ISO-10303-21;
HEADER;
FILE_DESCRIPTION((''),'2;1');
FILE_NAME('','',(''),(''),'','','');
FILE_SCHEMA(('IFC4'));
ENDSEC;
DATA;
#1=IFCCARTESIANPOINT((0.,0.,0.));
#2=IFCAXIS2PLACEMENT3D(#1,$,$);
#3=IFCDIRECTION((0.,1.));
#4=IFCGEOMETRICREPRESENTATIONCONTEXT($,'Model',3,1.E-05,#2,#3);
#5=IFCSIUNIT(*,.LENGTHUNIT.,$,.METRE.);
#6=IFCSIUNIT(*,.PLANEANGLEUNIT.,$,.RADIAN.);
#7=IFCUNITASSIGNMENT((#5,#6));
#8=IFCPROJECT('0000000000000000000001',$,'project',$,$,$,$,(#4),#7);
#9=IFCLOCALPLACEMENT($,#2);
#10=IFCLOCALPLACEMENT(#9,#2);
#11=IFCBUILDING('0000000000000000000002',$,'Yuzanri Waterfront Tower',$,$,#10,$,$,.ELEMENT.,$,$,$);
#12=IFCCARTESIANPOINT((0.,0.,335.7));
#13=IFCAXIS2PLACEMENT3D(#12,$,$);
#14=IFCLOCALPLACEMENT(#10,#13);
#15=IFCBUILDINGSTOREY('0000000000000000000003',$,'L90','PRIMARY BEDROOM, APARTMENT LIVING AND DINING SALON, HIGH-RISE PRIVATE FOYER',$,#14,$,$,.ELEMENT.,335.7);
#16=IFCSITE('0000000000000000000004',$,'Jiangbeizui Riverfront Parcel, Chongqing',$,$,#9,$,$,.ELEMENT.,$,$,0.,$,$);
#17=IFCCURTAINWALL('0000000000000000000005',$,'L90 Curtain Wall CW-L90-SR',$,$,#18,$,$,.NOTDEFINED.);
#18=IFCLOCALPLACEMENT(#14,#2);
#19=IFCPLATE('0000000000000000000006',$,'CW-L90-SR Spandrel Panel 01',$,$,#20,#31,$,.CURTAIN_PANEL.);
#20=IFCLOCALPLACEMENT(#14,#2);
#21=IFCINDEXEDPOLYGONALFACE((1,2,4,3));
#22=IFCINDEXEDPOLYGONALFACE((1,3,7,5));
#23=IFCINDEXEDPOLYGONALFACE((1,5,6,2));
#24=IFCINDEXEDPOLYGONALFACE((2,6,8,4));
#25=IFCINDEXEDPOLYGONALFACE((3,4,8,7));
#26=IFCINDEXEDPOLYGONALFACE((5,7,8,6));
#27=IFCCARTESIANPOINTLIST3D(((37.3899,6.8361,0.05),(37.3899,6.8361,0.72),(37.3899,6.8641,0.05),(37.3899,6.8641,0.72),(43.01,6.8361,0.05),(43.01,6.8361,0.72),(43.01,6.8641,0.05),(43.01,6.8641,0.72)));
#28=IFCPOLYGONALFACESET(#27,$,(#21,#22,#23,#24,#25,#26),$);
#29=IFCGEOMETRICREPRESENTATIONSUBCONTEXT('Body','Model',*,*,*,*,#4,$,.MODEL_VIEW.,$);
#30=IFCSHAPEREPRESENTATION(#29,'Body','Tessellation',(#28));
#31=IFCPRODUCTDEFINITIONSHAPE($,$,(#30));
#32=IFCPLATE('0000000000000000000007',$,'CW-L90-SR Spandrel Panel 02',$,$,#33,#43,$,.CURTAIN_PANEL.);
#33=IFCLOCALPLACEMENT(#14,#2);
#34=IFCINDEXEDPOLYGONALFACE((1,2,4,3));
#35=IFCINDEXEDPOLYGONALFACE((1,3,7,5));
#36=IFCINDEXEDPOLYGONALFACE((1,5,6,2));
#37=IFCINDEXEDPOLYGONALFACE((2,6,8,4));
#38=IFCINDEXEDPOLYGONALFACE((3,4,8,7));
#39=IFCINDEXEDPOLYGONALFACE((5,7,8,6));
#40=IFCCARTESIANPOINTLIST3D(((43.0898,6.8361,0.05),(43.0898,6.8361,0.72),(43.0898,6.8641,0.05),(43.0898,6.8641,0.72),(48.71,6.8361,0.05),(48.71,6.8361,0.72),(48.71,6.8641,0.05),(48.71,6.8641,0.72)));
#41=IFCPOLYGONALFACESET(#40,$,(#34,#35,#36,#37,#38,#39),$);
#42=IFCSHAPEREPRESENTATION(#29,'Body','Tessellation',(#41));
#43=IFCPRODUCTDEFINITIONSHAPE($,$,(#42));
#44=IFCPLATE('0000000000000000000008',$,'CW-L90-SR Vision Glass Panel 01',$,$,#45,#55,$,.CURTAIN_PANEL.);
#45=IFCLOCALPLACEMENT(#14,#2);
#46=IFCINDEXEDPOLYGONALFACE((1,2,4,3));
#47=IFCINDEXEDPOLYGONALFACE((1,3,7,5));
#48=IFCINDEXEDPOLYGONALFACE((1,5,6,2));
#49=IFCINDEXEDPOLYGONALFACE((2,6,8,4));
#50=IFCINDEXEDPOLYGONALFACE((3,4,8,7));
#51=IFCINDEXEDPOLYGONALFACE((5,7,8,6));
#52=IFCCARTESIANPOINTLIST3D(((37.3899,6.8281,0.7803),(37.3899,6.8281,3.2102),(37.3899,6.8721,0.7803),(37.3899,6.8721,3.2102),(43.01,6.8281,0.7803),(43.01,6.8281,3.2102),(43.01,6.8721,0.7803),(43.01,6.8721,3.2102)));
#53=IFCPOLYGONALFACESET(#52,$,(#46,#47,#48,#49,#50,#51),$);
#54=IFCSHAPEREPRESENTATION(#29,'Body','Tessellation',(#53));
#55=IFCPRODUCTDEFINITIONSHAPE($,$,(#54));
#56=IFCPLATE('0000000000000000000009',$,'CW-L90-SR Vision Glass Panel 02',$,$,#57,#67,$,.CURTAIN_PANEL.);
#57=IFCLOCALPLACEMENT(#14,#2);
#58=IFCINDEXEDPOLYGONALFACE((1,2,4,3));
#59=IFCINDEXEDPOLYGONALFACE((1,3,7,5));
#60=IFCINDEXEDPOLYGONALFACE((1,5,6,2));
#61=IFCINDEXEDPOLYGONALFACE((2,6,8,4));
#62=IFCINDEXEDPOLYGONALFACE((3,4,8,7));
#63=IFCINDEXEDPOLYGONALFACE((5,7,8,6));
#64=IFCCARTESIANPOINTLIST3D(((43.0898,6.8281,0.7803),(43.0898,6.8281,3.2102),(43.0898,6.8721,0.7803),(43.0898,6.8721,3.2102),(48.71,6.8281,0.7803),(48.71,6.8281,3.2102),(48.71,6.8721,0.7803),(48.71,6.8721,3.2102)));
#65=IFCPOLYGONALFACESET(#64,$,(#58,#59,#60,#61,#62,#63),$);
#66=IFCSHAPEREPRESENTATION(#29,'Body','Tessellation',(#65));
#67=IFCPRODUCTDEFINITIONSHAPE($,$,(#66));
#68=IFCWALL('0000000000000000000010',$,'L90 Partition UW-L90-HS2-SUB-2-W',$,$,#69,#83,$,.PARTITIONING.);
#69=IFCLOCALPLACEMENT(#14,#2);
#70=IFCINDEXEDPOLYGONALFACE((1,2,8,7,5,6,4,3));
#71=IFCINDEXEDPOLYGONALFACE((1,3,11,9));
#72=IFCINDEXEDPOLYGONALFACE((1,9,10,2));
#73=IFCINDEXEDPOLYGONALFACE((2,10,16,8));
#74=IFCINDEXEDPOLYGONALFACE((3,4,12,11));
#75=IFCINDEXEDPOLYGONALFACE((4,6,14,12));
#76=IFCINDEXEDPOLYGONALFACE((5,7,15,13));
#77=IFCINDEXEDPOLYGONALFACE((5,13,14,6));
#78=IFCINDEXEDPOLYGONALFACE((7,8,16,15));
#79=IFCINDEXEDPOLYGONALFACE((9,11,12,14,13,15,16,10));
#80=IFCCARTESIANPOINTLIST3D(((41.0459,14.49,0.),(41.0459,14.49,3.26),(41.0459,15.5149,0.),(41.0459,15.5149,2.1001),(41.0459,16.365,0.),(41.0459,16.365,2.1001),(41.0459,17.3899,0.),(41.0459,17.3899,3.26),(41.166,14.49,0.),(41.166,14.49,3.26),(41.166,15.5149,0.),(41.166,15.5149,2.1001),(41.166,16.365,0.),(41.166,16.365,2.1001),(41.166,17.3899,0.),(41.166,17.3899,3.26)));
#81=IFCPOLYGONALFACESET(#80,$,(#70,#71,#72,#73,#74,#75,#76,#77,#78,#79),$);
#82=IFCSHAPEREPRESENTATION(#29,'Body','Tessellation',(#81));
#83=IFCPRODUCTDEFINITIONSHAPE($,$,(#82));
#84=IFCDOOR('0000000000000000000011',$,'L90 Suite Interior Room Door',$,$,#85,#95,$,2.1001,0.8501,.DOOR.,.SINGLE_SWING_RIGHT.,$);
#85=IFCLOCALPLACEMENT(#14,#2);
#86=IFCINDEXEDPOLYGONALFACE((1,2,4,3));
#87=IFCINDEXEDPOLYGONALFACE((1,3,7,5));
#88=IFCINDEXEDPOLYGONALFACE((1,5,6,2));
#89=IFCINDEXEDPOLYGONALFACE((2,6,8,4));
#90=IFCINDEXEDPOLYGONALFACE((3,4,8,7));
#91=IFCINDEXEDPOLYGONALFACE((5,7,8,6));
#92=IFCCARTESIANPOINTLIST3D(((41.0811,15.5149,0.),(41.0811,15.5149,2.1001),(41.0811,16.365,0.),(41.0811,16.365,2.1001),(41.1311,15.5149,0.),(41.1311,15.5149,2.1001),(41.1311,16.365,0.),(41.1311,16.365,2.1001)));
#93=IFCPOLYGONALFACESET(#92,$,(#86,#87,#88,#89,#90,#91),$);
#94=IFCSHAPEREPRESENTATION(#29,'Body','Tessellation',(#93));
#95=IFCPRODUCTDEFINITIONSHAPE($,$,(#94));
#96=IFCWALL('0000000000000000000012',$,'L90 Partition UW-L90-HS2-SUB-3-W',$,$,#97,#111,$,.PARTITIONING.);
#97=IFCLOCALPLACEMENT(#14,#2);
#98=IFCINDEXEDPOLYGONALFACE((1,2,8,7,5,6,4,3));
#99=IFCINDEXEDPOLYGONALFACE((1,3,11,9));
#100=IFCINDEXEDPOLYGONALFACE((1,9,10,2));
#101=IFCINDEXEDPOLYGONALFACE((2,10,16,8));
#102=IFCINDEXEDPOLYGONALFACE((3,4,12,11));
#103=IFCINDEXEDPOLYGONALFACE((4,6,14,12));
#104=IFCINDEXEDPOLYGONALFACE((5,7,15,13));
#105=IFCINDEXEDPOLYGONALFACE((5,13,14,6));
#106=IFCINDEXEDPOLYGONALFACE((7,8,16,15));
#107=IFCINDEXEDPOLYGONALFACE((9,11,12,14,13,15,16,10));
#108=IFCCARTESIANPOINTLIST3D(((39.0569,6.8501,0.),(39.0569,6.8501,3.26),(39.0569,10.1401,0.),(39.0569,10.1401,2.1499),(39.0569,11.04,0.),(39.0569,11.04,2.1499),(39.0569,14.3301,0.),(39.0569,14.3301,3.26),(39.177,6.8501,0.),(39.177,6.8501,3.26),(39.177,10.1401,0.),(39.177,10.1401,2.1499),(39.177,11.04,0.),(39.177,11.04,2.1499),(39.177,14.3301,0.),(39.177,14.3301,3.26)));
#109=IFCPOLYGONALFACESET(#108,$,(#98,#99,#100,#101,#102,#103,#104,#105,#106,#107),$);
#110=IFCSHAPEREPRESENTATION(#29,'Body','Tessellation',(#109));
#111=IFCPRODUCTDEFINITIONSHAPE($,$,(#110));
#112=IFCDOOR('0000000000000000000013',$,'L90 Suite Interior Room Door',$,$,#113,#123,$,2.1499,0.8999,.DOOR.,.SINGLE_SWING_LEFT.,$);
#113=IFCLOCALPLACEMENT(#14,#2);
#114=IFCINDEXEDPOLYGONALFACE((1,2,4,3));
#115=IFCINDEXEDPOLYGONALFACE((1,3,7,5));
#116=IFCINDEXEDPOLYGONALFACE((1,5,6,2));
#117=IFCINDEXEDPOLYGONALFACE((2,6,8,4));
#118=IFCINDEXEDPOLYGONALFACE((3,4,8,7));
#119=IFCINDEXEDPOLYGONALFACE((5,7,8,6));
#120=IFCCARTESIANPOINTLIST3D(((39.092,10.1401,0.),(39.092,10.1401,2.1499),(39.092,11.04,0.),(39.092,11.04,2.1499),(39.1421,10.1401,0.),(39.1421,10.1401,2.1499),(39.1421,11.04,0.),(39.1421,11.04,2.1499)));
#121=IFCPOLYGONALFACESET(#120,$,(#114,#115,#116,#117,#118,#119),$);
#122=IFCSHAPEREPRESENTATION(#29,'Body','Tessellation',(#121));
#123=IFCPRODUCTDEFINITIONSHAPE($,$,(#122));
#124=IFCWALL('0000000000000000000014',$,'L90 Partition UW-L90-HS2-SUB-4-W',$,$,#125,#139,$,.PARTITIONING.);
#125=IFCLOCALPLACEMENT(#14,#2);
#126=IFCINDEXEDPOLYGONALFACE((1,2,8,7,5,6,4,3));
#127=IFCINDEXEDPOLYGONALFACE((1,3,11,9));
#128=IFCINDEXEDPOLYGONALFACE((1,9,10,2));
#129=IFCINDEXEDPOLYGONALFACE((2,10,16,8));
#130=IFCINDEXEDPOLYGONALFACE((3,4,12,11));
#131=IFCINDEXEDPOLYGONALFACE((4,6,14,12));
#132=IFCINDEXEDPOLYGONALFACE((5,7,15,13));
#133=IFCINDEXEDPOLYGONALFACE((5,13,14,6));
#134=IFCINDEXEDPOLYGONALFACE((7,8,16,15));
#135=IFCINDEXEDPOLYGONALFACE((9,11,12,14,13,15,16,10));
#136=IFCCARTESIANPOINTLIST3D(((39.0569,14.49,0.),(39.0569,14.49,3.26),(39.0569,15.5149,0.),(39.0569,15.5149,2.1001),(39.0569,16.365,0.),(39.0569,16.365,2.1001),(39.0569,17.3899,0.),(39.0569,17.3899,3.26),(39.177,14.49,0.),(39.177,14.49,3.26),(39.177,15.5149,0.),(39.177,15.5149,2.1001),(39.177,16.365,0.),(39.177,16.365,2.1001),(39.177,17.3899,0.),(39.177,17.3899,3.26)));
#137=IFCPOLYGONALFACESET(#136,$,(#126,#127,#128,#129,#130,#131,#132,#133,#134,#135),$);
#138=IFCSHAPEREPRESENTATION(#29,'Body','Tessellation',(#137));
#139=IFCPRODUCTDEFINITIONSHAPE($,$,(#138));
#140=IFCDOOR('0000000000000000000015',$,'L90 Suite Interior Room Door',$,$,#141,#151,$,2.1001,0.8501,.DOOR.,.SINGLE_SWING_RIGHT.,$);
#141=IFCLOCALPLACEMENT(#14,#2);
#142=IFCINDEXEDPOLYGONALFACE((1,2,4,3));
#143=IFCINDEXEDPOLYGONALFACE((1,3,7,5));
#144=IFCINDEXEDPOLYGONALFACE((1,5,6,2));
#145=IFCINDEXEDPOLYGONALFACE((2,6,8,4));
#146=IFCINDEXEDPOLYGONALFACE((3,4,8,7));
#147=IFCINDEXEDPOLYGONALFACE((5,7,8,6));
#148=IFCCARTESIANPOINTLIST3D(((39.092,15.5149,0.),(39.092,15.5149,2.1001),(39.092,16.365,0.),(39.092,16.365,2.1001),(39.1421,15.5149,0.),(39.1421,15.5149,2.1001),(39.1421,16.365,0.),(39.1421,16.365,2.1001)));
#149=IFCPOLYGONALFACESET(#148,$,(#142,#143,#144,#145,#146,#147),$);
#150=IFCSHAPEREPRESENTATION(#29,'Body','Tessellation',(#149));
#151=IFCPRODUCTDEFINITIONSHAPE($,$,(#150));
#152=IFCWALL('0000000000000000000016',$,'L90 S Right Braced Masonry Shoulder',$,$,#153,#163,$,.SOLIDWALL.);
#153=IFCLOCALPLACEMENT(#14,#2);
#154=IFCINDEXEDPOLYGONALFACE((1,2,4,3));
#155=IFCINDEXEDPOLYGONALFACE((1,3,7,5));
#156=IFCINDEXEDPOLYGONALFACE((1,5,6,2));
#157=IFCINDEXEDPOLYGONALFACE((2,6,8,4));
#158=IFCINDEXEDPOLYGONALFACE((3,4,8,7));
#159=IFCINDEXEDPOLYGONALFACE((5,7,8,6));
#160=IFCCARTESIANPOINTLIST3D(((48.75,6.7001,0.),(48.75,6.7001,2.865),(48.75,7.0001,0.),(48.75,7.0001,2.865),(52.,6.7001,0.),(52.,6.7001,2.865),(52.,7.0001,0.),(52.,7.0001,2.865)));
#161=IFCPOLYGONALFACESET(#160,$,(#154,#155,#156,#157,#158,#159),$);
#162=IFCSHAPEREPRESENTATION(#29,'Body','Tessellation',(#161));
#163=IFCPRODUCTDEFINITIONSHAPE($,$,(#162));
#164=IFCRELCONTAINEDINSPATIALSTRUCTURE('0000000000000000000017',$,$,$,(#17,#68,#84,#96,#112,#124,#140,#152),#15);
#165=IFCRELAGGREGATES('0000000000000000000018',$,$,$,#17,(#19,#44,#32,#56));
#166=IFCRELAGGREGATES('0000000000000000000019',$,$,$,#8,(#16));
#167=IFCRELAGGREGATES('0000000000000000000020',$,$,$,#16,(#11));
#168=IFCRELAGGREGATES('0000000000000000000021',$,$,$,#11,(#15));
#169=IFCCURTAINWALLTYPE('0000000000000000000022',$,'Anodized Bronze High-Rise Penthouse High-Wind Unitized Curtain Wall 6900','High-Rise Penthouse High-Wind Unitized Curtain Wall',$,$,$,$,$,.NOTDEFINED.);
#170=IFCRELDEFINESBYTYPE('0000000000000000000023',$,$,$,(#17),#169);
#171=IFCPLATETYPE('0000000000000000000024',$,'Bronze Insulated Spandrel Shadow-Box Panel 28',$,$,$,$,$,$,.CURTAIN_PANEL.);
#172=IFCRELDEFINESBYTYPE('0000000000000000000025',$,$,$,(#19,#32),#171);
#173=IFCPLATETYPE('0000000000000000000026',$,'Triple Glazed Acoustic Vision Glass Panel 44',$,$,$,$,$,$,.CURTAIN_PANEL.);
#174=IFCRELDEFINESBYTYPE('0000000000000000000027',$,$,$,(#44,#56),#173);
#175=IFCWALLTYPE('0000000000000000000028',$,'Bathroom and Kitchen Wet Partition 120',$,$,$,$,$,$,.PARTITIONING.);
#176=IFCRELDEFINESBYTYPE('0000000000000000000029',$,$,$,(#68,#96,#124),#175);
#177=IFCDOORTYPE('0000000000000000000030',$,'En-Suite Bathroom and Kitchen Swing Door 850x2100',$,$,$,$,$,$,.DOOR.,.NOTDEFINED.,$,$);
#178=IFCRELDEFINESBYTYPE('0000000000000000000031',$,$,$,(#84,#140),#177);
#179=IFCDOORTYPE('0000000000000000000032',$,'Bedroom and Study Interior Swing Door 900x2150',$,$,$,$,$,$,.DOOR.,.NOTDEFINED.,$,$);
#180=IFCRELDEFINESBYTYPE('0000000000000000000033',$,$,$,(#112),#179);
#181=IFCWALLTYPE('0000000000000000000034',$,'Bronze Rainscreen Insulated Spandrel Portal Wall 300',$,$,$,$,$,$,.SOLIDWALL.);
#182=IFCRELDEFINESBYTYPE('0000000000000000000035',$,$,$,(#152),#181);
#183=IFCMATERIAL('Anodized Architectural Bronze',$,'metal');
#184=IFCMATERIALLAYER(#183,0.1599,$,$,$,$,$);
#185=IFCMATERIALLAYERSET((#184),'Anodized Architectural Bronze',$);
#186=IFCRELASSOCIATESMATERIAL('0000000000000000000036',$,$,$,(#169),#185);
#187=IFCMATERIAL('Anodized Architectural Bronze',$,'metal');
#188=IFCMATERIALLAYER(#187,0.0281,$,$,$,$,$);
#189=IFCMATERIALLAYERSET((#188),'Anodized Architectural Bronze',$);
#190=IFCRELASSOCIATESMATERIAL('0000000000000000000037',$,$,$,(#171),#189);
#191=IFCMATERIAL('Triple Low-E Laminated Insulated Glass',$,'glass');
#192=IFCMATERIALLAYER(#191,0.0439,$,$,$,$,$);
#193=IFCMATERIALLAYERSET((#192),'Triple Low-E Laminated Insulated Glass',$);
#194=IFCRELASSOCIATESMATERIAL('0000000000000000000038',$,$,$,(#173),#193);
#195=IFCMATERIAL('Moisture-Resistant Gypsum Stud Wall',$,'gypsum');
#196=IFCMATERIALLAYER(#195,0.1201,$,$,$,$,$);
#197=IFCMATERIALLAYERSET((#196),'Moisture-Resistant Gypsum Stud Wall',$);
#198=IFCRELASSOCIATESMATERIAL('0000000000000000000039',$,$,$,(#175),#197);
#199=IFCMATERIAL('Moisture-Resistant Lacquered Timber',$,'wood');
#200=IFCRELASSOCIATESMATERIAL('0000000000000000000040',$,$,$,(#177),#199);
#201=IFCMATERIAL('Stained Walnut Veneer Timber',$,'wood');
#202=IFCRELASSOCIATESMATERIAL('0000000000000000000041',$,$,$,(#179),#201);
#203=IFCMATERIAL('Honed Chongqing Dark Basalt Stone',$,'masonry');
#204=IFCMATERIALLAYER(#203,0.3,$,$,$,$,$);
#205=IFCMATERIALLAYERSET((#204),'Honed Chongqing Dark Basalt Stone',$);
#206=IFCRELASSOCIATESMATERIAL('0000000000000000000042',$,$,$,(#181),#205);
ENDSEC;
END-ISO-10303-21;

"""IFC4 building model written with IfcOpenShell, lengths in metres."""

from ifc_helpers import new_model, si_unit, direction, frame, frame_2d, origin, origin_2d, place, context, subcontext, project, spatial, rectangle, extrude, source, transform, mapped, material, layer, layer_set, type_object, element, fill, aggregate, save


model = new_model("IFC4")

# Units and contexts
model_context = context("Model", 3, precision=1e-05, world=origin(), true_north=direction((0.0, 1.0)))
body_context = subcontext(model_context, "Body", "Model", "MODEL_VIEW")
ifc_project = project(units=[si_unit("LENGTHUNIT", "METRE"), si_unit("PLANEANGLEUNIT", "RADIAN")], contexts=[model_context])

# Site, building, storey
site_placement = place(None, origin())
site = spatial("IfcSite", under=ifc_project, at=site_placement, Name="Jiangbeizui Riverfront Parcel, Chongqing", CompositionType="ELEMENT", RefElevation=0.0)
building_placement = place(site_placement, origin())
building = spatial("IfcBuilding", under=site, at=building_placement, Name="Yuzanri Waterfront Tower", CompositionType="ELEMENT")
storey_placement = place(building_placement, frame((0.0, 0.0, 335.7)))
storey = spatial("IfcBuildingStorey", under=building, at=storey_placement, Name="L90", Description="PRIMARY BEDROOM, APARTMENT LIVING AND DINING SALON, HIGH-RISE PRIVATE FOYER", CompositionType="ELEMENT", Elevation=335.7)

# Curtain wall, plates
ifc_material_1 = material(Name="Anodized Architectural Bronze", Category="metal")
ifc_layer_1 = layer(ifc_material_1, 0.1599)
ifc_layer_set_1 = layer_set([ifc_layer_1], Name="Anodized Architectural Bronze")
curtain_wall_type = type_object("IfcCurtainWallType", Name="Anodized Bronze High-Rise Penthouse High-Wind Unitized Curtain Wall 6900", Description="High-Rise Penthouse High-Wind Unitized Curtain Wall", PredefinedType="NOTDEFINED", material=ifc_layer_set_1)
curtain_wall_placement = place(storey_placement, origin())
curtain_wall = element("IfcCurtainWall", 1, at=curtain_wall_placement, inside=storey, type_object=curtain_wall_type, Name="L90 Curtain Wall CW-L90-SR", PredefinedType="NOTDEFINED")
ifc_material_2 = material(Name="Anodized Architectural Bronze", Category="metal")
ifc_layer_2 = layer(ifc_material_2, 0.0281)
ifc_layer_set_2 = layer_set([ifc_layer_2], Name="Anodized Architectural Bronze")
plate_type_1 = type_object("IfcPlateType", Name="Bronze Insulated Spandrel Shadow-Box Panel 28", PredefinedType="CURTAIN_PANEL", material=ifc_layer_set_2)
shared_shape_1 = source(origin(), body_context, "Body", "SweptSolid", [
    extrude(rectangle(XDim=5.6201, YDim=0.0281, at=origin_2d()), origin(), (0.0, 0.0, 1.0), 0.6699),
])
plate_1_placement = place(storey_placement, frame((40.2, 6.8501, 0.05), z_axis=(0.0, 0.0, 1.0), x_axis=(1.0, 0.0, 0.0)))
plate_1 = element("IfcPlate", 2, at=plate_1_placement, type_object=plate_type_1, Name="CW-L90-SR Spandrel Panel 01", PredefinedType="CURTAIN_PANEL", context=body_context, shape_type="MappedRepresentation", body=[
    mapped(shared_shape_1, transform((0.0, 0.0, 0.0), scale=1.0)),
])
plate_2_placement = place(storey_placement, frame((45.8999, 6.8501, 0.05), z_axis=(0.0, 0.0, 1.0), x_axis=(1.0, 0.0, 0.0)))
plate_2 = element("IfcPlate", 3, at=plate_2_placement, type_object=plate_type_1, Name="CW-L90-SR Spandrel Panel 02", PredefinedType="CURTAIN_PANEL", context=body_context, shape_type="MappedRepresentation", body=[
    mapped(shared_shape_1, transform((0.0, 0.0, 0.0), scale=1.0)),
])
ifc_material_3 = material(Name="Triple Low-E Laminated Insulated Glass", Category="glass")
ifc_layer_3 = layer(ifc_material_3, 0.0439)
ifc_layer_set_3 = layer_set([ifc_layer_3], Name="Triple Low-E Laminated Insulated Glass")
plate_type_2 = type_object("IfcPlateType", Name="Triple Glazed Acoustic Vision Glass Panel 44", PredefinedType="CURTAIN_PANEL", material=ifc_layer_set_3)
shared_shape_2 = source(origin(), body_context, "Body", "SweptSolid", [
    extrude(rectangle(XDim=5.6201, YDim=0.0439, at=origin_2d()), origin(), (0.0, 0.0, 1.0), 2.4299),
])
plate_3_placement = place(storey_placement, frame((40.2, 6.8501, 0.7803), z_axis=(0.0, 0.0, 1.0), x_axis=(1.0, 0.0, 0.0)))
plate_3 = element("IfcPlate", 4, at=plate_3_placement, type_object=plate_type_2, Name="CW-L90-SR Vision Glass Panel 01", PredefinedType="CURTAIN_PANEL", context=body_context, shape_type="MappedRepresentation", body=[
    mapped(shared_shape_2, transform((0.0, 0.0, 0.0), scale=1.0)),
])
plate_4_placement = place(storey_placement, frame((45.8999, 6.8501, 0.7803), z_axis=(0.0, 0.0, 1.0), x_axis=(1.0, 0.0, 0.0)))
plate_4 = element("IfcPlate", 5, at=plate_4_placement, type_object=plate_type_2, Name="CW-L90-SR Vision Glass Panel 02", PredefinedType="CURTAIN_PANEL", context=body_context, shape_type="MappedRepresentation", body=[
    mapped(shared_shape_2, transform((0.0, 0.0, 0.0), scale=1.0)),
])
aggregate(curtain_wall, [plate_1, plate_3, plate_2, plate_4])

# Walls, openings, doors
ifc_material_4 = material(Name="Moisture-Resistant Gypsum Stud Wall", Category="gypsum")
ifc_layer_4 = layer(ifc_material_4, 0.1201)
ifc_layer_set_4 = layer_set([ifc_layer_4], Name="Moisture-Resistant Gypsum Stud Wall")
wall_type_1 = type_object("IfcWallType", Name="Bathroom and Kitchen Wet Partition 120", PredefinedType="PARTITIONING", material=ifc_layer_set_4)
wall_1_placement = place(storey_placement, frame((41.106, 14.49, 0.0), z_axis=(0.0, 0.0, 1.0), x_axis=(0.0, 1.0, 0.0)))
wall_1 = element("IfcWall", 6, at=wall_1_placement, inside=storey, type_object=wall_type_1, Name="L90 Partition UW-L90-HS2-SUB-2-W", PredefinedType="PARTITIONING", context=body_context, shape_type="SweptSolid", body=[
    extrude(rectangle(XDim=2.8999, YDim=0.1201, at=frame_2d((1.45, 0.0))), origin(), (0.0, 0.0, 1.0), 3.26),
])
opening_1_placement = place(wall_1_placement, frame((1.0249, 0.0, 0.0)))
opening_1 = element("IfcOpeningElement", 7, at=opening_1_placement, cuts=wall_1, PredefinedType="OPENING", context=body_context, shape_type="SweptSolid", body=[
    extrude(rectangle(XDim=0.8501, YDim=2.1001, at=frame_2d((0.425, 1.05))), frame((0.0, 0.075, 0.0), z_axis=(0.0, -1.0, 0.0), x_axis=(1.0, 0.0, 0.0)), (0.0, 0.0, 1.0), 0.1499),
])
ifc_material_5 = material(Name="Moisture-Resistant Lacquered Timber", Category="wood")
door_type_1 = type_object("IfcDoorType", Name="En-Suite Bathroom and Kitchen Swing Door 850x2100", OperationType="NOTDEFINED", PredefinedType="DOOR", material=ifc_material_5)
shared_shape_3 = source(origin(), body_context, "Body", "SweptSolid", [
    extrude(rectangle(XDim=0.8501, YDim=2.1001, at=frame_2d((0.425, 1.05))), frame((0.0, 0.0249, 0.0), z_axis=(0.0, -1.0, 0.0), x_axis=(1.0, 0.0, 0.0)), (0.0, 0.0, 1.0), 0.05),
])
door_1_placement = place(opening_1_placement, origin())
door_1 = element("IfcDoor", 8, at=door_1_placement, inside=storey, type_object=door_type_1, Name="L90 Suite Interior Room Door", OperationType="SINGLE_SWING_RIGHT", OverallHeight=2.1001, OverallWidth=0.8501, PredefinedType="DOOR", context=body_context, shape_type="MappedRepresentation", body=[
    mapped(shared_shape_3, transform((0.0, 0.0, 0.0), scale=1.0)),
])
fill(opening_1, door_1)
wall_2_placement = place(storey_placement, frame((39.1169, 6.8501, 0.0), z_axis=(0.0, 0.0, 1.0), x_axis=(0.0, 1.0, 0.0)))
wall_2 = element("IfcWall", 9, at=wall_2_placement, inside=storey, type_object=wall_type_1, Name="L90 Partition UW-L90-HS2-SUB-3-W", PredefinedType="PARTITIONING", context=body_context, shape_type="SweptSolid", body=[
    extrude(rectangle(XDim=7.48, YDim=0.1201, at=frame_2d((3.74, 0.0))), origin(), (0.0, 0.0, 1.0), 3.26),
])
opening_2_placement = place(wall_2_placement, frame((3.29, 0.0, 0.0)))
opening_2 = element("IfcOpeningElement", 10, at=opening_2_placement, cuts=wall_2, PredefinedType="OPENING", context=body_context, shape_type="SweptSolid", body=[
    extrude(rectangle(XDim=0.8999, YDim=2.1499, at=frame_2d((0.45, 1.075))), frame((0.0, 0.075, 0.0), z_axis=(0.0, -1.0, 0.0), x_axis=(1.0, 0.0, 0.0)), (0.0, 0.0, 1.0), 0.1499),
])
ifc_material_6 = material(Name="Stained Walnut Veneer Timber", Category="wood")
door_type_2 = type_object("IfcDoorType", Name="Bedroom and Study Interior Swing Door 900x2150", OperationType="NOTDEFINED", PredefinedType="DOOR", material=ifc_material_6)
shared_shape_4 = source(origin(), body_context, "Body", "SweptSolid", [
    extrude(rectangle(XDim=0.8999, YDim=2.1499, at=frame_2d((0.45, 1.075))), frame((0.0, 0.0249, 0.0), z_axis=(0.0, -1.0, 0.0), x_axis=(1.0, 0.0, 0.0)), (0.0, 0.0, 1.0), 0.05),
])
door_2_placement = place(opening_2_placement, origin())
door_2 = element("IfcDoor", 11, at=door_2_placement, inside=storey, type_object=door_type_2, Name="L90 Suite Interior Room Door", OperationType="SINGLE_SWING_LEFT", OverallHeight=2.1499, OverallWidth=0.8999, PredefinedType="DOOR", context=body_context, shape_type="MappedRepresentation", body=[
    mapped(shared_shape_4, transform((0.0, 0.0, 0.0), scale=1.0)),
])
fill(opening_2, door_2)
wall_3_placement = place(storey_placement, frame((39.1169, 14.49, 0.0), z_axis=(0.0, 0.0, 1.0), x_axis=(0.0, 1.0, 0.0)))
wall_3 = element("IfcWall", 12, at=wall_3_placement, inside=storey, type_object=wall_type_1, Name="L90 Partition UW-L90-HS2-SUB-4-W", PredefinedType="PARTITIONING", context=body_context, shape_type="SweptSolid", body=[
    extrude(rectangle(XDim=2.8999, YDim=0.1201, at=frame_2d((1.45, 0.0))), origin(), (0.0, 0.0, 1.0), 3.26),
])
opening_3_placement = place(wall_3_placement, frame((1.0249, 0.0, 0.0)))
opening_3 = element("IfcOpeningElement", 13, at=opening_3_placement, cuts=wall_3, PredefinedType="OPENING", context=body_context, shape_type="SweptSolid", body=[
    extrude(rectangle(XDim=0.8501, YDim=2.1001, at=frame_2d((0.425, 1.05))), frame((0.0, 0.075, 0.0), z_axis=(0.0, -1.0, 0.0), x_axis=(1.0, 0.0, 0.0)), (0.0, 0.0, 1.0), 0.1499),
])
door_3_placement = place(opening_3_placement, origin())
door_3 = element("IfcDoor", 14, at=door_3_placement, inside=storey, type_object=door_type_1, Name="L90 Suite Interior Room Door", OperationType="SINGLE_SWING_RIGHT", OverallHeight=2.1001, OverallWidth=0.8501, PredefinedType="DOOR", context=body_context, shape_type="MappedRepresentation", body=[
    mapped(shared_shape_3, transform((0.0, 0.0, 0.0), scale=1.0)),
])
fill(opening_3, door_3)

# Wall
ifc_material_7 = material(Name="Honed Chongqing Dark Basalt Stone", Category="masonry")
ifc_layer_5 = layer(ifc_material_7, 0.3)
ifc_layer_set_5 = layer_set([ifc_layer_5], Name="Honed Chongqing Dark Basalt Stone")
wall_type_2 = type_object("IfcWallType", Name="Bronze Rainscreen Insulated Spandrel Portal Wall 300", PredefinedType="SOLIDWALL", material=ifc_layer_set_5)
shared_shape_5 = source(origin(), body_context, "Body", "SweptSolid", [
    extrude(rectangle(XDim=3.25, YDim=0.3, at=frame_2d((1.625, 0.0))), origin(), (0.0, 0.0, 1.0), 2.865),
])
wall_4_placement = place(storey_placement, frame((48.75, 6.8501, 0.0), z_axis=(0.0, 0.0, 1.0), x_axis=(1.0, 0.0, 0.0)))
element("IfcWall", 15, at=wall_4_placement, inside=storey, type_object=wall_type_2, Name="L90 S Right Braced Masonry Shoulder", PredefinedType="SOLIDWALL", context=body_context, shape_type="MappedRepresentation", body=[
    mapped(shared_shape_5, transform((0.0, 0.0, 0.0), scale=1.0)),
])

save(model, "model.ifc")
